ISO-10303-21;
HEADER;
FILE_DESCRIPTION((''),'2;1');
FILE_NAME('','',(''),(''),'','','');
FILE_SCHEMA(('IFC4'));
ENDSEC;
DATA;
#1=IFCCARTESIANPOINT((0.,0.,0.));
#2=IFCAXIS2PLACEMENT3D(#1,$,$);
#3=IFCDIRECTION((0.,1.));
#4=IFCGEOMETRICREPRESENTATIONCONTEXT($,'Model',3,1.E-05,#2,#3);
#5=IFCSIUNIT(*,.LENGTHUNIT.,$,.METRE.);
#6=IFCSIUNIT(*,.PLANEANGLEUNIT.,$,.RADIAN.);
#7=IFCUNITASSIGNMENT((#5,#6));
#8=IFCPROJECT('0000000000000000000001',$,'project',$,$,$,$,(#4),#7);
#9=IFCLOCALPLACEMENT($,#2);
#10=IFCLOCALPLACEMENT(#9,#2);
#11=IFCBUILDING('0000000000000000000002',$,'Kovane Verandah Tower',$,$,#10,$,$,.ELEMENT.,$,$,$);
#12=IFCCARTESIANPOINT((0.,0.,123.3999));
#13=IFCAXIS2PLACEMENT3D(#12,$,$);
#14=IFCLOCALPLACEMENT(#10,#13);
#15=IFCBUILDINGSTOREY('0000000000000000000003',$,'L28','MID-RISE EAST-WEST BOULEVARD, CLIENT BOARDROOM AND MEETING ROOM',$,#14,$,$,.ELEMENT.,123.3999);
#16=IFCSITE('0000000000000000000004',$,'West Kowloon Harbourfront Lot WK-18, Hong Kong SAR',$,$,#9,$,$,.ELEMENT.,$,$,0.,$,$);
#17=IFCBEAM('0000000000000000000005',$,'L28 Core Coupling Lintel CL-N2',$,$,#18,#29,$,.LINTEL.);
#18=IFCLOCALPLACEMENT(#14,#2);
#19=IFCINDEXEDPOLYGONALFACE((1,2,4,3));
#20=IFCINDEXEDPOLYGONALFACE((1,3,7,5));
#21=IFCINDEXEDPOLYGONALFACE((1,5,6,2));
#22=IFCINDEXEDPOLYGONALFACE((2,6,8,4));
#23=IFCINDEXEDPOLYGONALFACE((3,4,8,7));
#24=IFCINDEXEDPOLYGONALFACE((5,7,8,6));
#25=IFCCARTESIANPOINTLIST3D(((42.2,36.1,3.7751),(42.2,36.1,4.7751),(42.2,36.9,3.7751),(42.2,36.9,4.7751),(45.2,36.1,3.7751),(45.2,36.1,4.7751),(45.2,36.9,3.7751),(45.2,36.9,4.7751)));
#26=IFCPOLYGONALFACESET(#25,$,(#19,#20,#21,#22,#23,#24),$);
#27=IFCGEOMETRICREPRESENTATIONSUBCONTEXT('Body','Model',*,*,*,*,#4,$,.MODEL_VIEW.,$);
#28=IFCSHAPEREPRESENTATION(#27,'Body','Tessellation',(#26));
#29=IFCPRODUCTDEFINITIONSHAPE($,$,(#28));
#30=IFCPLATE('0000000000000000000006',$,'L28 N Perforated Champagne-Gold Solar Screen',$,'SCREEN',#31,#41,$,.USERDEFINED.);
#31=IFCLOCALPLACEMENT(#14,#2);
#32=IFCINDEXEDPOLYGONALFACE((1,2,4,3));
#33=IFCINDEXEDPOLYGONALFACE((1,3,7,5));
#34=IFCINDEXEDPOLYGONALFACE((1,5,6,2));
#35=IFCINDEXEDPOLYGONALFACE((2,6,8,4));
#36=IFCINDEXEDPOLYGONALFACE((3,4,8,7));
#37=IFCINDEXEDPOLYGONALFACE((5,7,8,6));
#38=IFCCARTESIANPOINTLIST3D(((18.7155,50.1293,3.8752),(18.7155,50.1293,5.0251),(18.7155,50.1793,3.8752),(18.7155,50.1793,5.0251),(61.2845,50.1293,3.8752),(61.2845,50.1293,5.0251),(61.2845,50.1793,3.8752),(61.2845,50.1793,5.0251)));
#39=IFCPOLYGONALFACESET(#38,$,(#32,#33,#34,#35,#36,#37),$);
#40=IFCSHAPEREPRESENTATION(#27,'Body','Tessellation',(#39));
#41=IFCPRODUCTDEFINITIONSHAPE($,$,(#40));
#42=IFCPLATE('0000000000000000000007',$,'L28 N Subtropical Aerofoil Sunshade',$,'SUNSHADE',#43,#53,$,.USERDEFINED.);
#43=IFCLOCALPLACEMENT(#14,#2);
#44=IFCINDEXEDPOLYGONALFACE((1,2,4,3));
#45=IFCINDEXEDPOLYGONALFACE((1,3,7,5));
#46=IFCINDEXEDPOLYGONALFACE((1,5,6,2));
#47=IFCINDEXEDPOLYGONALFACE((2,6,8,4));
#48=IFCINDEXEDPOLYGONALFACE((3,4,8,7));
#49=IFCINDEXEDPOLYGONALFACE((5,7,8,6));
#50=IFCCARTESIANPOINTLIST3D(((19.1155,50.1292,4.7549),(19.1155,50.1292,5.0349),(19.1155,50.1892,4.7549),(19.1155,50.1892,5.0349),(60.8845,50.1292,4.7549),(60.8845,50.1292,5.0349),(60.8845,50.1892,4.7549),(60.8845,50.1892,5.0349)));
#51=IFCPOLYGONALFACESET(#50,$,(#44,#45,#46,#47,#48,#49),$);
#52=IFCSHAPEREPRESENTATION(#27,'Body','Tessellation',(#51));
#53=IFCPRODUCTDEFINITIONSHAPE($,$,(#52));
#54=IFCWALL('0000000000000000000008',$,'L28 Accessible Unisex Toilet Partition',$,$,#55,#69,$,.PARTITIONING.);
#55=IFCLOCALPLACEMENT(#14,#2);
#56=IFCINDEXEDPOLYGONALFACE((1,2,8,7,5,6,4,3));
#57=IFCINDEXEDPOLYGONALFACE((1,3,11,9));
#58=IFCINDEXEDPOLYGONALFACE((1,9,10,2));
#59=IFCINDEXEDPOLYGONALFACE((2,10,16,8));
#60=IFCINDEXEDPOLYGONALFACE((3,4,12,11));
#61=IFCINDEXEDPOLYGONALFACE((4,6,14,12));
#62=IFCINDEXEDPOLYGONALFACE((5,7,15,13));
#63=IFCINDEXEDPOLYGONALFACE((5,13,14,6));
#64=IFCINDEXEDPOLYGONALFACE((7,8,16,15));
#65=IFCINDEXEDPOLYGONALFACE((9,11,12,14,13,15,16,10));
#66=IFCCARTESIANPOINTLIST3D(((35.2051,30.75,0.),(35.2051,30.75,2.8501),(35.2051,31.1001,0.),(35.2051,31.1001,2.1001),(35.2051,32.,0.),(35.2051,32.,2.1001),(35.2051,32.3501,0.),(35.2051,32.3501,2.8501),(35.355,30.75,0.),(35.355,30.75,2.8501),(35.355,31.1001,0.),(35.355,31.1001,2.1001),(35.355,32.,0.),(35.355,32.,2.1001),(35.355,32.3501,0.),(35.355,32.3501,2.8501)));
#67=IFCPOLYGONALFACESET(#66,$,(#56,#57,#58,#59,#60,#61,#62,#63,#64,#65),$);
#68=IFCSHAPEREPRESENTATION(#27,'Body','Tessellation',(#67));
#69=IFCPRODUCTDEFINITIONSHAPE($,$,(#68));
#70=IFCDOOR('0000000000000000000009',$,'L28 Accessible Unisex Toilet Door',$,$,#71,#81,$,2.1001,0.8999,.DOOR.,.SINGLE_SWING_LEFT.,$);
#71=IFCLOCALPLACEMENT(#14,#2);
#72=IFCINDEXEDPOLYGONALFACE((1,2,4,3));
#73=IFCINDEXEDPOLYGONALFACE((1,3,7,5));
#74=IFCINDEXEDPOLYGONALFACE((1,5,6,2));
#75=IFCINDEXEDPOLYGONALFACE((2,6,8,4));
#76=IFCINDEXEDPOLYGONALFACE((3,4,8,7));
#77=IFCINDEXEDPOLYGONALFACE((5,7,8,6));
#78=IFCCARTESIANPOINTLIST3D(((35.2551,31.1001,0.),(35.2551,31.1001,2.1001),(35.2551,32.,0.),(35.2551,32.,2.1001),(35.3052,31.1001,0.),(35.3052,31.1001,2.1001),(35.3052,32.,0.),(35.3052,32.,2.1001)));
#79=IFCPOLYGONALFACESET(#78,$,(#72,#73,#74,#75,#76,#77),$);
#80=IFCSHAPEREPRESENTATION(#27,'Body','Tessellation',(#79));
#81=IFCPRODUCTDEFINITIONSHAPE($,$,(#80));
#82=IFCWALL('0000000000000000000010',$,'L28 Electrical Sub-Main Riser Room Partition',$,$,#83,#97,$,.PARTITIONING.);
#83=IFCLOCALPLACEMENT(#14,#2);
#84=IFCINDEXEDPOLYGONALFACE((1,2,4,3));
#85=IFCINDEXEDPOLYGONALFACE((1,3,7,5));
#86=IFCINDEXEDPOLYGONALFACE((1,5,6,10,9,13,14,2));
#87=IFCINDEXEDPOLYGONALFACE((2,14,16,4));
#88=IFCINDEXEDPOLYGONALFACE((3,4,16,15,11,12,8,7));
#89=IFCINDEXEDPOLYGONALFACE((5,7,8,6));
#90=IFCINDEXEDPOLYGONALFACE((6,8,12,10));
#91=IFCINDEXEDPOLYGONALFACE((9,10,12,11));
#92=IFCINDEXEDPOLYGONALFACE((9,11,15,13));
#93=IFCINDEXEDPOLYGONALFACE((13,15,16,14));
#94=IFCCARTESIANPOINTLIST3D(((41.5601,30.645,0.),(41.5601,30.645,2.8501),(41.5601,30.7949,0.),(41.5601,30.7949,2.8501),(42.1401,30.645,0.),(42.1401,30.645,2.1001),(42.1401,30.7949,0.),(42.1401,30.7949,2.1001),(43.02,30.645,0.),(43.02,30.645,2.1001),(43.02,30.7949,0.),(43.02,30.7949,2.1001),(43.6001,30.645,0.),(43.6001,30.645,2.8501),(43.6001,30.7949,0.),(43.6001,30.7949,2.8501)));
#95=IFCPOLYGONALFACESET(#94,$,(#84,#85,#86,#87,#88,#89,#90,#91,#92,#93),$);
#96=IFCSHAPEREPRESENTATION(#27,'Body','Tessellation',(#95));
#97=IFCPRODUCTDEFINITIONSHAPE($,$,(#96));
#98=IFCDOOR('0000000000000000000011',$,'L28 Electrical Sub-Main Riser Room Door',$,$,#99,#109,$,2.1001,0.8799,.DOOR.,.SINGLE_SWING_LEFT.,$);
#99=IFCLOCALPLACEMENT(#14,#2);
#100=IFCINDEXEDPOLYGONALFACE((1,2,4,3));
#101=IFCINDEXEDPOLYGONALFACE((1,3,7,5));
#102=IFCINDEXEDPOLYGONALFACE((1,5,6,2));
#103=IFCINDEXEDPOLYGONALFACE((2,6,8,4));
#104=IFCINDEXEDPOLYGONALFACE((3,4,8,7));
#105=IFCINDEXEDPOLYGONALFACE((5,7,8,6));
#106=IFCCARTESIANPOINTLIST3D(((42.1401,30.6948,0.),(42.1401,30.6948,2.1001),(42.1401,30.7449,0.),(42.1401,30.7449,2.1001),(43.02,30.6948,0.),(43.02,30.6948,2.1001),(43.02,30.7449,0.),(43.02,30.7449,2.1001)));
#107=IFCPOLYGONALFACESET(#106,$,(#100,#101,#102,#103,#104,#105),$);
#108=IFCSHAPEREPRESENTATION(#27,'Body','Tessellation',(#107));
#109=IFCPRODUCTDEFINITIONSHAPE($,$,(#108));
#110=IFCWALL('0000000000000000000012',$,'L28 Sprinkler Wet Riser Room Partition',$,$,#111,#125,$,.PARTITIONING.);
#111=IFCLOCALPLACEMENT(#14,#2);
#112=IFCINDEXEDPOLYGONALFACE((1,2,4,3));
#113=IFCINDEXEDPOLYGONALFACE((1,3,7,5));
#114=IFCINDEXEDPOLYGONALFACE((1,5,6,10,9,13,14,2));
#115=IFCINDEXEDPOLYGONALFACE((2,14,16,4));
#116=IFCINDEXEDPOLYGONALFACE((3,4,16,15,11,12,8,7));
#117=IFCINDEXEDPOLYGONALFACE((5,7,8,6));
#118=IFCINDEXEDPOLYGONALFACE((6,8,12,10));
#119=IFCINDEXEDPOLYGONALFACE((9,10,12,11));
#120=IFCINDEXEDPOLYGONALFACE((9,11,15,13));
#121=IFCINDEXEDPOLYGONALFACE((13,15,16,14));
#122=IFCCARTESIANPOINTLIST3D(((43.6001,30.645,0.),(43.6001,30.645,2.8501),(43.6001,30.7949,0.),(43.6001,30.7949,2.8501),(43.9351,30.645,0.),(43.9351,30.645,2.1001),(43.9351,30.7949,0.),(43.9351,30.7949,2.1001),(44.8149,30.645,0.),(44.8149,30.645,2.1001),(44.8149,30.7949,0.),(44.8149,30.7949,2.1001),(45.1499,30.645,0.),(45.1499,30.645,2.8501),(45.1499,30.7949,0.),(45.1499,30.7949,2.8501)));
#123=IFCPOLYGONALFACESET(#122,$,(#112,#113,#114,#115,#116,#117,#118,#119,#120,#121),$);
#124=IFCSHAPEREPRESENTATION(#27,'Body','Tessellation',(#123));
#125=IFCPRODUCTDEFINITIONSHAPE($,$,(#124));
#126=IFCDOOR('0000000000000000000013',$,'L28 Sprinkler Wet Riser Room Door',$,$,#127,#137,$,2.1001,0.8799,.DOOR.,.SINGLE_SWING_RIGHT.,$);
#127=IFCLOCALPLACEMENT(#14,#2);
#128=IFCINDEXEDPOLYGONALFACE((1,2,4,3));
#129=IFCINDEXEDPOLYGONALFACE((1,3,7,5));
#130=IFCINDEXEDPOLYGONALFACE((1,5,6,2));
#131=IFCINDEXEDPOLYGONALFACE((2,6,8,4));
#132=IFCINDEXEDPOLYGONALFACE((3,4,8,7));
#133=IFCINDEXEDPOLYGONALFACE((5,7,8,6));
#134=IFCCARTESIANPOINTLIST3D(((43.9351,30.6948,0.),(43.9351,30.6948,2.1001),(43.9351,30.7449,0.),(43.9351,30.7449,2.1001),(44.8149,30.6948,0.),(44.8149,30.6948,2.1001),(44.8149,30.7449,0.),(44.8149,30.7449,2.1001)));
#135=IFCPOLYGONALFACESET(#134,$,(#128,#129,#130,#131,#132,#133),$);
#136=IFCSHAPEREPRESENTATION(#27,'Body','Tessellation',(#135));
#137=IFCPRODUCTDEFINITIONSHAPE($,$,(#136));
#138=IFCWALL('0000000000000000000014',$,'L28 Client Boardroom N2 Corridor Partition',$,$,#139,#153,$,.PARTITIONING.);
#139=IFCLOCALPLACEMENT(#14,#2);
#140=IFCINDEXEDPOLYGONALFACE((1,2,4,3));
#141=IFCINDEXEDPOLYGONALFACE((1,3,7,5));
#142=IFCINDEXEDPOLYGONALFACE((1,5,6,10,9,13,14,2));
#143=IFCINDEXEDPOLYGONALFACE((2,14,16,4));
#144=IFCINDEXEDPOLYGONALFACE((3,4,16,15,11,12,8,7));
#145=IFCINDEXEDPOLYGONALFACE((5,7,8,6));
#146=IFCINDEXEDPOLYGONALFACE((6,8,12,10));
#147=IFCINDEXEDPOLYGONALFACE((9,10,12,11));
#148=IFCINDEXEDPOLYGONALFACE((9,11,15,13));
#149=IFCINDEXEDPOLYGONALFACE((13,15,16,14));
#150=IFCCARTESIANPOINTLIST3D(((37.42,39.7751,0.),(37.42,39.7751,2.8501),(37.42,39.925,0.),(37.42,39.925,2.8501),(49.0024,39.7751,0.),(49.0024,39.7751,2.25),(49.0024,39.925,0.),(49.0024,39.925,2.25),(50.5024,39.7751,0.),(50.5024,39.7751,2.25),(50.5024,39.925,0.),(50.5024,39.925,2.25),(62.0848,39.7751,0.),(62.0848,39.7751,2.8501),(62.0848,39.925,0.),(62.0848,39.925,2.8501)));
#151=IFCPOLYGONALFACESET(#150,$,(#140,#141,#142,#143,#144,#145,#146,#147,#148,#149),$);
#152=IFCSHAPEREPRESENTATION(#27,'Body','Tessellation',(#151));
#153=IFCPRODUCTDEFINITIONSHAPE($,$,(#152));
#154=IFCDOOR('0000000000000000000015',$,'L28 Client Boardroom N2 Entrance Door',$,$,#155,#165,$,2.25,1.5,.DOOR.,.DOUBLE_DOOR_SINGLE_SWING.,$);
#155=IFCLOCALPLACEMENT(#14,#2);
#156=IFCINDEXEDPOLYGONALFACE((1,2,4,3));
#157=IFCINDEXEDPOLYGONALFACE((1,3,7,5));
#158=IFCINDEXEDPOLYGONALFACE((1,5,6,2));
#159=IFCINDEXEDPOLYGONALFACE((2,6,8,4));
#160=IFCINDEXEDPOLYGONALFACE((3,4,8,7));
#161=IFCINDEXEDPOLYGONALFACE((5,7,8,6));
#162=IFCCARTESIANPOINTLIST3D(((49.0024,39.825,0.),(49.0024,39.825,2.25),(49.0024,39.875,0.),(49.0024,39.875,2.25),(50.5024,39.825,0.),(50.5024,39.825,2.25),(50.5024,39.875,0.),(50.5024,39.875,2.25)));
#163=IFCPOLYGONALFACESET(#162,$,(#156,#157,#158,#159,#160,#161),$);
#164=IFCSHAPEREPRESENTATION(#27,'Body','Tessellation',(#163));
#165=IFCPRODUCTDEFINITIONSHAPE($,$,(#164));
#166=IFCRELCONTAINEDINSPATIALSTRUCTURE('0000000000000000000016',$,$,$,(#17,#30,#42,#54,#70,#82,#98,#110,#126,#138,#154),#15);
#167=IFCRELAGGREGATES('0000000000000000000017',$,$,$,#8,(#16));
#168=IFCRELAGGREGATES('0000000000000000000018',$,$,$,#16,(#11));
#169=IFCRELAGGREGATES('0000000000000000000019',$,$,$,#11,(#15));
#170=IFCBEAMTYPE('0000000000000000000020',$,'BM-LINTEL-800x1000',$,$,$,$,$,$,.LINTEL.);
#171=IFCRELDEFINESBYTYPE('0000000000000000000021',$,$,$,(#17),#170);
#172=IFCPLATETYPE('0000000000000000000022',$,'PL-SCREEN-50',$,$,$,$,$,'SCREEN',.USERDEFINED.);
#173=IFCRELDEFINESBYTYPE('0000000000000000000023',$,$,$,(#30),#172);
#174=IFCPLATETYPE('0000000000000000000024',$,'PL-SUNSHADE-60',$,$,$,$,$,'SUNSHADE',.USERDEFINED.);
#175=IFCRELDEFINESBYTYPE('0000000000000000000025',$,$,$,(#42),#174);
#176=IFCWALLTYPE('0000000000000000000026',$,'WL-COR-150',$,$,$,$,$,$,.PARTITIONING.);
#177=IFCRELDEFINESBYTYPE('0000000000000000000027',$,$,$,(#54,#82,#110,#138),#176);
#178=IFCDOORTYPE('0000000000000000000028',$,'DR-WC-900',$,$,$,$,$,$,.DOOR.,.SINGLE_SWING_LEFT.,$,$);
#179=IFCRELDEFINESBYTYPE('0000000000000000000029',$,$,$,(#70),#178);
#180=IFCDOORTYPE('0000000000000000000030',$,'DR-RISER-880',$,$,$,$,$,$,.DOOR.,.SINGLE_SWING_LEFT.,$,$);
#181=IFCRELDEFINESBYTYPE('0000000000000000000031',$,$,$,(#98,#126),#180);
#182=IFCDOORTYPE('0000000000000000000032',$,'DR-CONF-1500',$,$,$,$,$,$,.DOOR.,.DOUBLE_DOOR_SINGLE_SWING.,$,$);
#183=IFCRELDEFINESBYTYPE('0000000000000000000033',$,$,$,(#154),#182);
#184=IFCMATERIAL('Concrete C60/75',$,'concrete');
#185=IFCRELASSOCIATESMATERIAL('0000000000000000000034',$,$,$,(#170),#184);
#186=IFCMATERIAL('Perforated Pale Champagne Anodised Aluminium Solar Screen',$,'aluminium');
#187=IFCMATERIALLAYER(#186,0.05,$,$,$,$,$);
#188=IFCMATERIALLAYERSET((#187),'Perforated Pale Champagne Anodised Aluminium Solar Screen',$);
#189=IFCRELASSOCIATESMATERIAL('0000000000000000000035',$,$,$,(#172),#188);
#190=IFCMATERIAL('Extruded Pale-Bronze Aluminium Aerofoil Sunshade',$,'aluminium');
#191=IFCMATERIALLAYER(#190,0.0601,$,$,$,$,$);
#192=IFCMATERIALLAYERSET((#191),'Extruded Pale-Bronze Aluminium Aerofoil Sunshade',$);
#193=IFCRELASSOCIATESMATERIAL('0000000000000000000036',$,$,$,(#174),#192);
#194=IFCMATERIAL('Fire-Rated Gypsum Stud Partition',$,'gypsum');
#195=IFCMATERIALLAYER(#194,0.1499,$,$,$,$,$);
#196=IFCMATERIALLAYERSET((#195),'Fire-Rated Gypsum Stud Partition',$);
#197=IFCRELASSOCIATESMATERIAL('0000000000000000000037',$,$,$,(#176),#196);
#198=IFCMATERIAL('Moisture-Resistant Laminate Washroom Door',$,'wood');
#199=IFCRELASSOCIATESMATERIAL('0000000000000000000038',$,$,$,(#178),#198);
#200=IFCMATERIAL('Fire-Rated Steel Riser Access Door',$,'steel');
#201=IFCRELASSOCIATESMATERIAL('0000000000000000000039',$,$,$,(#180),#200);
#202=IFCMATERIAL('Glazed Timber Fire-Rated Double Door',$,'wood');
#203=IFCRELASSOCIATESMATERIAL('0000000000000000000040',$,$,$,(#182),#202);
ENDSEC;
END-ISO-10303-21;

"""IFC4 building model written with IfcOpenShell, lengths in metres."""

from ifc_helpers import new_model, si_unit, direction, frame, frame_2d, origin, origin_2d, place, context, subcontext, project, spatial, rectangle, extrude, material, layer, layer_set, material_profile, profile_set, type_object, element, fill, save


model = new_model("IFC4")

# Units and contexts
model_context = context("Model", 3, precision=1e-05, world=origin(), true_north=direction((0.0, 1.0)))
body_context = subcontext(model_context, "Body", "Model", "MODEL_VIEW")
ifc_project = project(units=[si_unit("LENGTHUNIT", "METRE"), si_unit("PLANEANGLEUNIT", "RADIAN")], contexts=[model_context])

# Site, building, storey
site_placement = place(None, origin())
site = spatial("IfcSite", under=ifc_project, at=site_placement, Name="West Kowloon Harbourfront Lot WK-18, Hong Kong SAR", CompositionType="ELEMENT", RefElevation=0.0)
building_placement = place(site_placement, origin())
building = spatial("IfcBuilding", under=site, at=building_placement, Name="Kovane Verandah Tower", CompositionType="ELEMENT")
storey_placement = place(building_placement, frame((0.0, 0.0, 123.3999)))
storey = spatial("IfcBuildingStorey", under=building, at=storey_placement, Name="L28", Description="MID-RISE EAST-WEST BOULEVARD, CLIENT BOARDROOM AND MEETING ROOM", CompositionType="ELEMENT", Elevation=123.3999)

# Beam
ifc_material_1 = material(Name="Concrete C60/75", Category="concrete")
ifc_material_profile = material_profile(ifc_material_1, rectangle(XDim=0.8, YDim=1.0, at=origin_2d()), Name="RCB800x1000")
ifc_profile_set = profile_set([ifc_material_profile], Name="Concrete C60/75")
beam_type = type_object("IfcBeamType", Name="BM-LINTEL-800x1000", PredefinedType="LINTEL", material=ifc_profile_set)
beam_placement = place(storey_placement, frame((42.2, 36.5, 4.2751), z_axis=(1.0, 0.0, 0.0), x_axis=(0.0, 1.0, 0.0)))
element("IfcBeam", 1, at=beam_placement, inside=storey, type_object=beam_type, Name="L28 Core Coupling Lintel CL-N2", PredefinedType="LINTEL", context=body_context, shape_type="SweptSolid", body=[
    extrude(rectangle(XDim=0.8, YDim=1.0, at=origin_2d()), origin(), (0.0, 0.0, 1.0), 3.0),
])

# Plates
ifc_material_2 = material(Name="Perforated Pale Champagne Anodised Aluminium Solar Screen", Category="aluminium")
ifc_layer_1 = layer(ifc_material_2, 0.05)
ifc_layer_set_1 = layer_set([ifc_layer_1], Name="Perforated Pale Champagne Anodised Aluminium Solar Screen")
plate_type_1 = type_object("IfcPlateType", Name="PL-SCREEN-50", ElementType="SCREEN", PredefinedType="USERDEFINED", material=ifc_layer_set_1)
plate_1_placement = place(storey_placement, frame((40.0, 50.1543, 3.8752), z_axis=(0.0, 0.0, 1.0), x_axis=(-1.0, 0.0, 0.0)))
element("IfcPlate", 2, at=plate_1_placement, inside=storey, type_object=plate_type_1, Name="L28 N Perforated Champagne-Gold Solar Screen", ObjectType="SCREEN", PredefinedType="USERDEFINED", context=body_context, shape_type="SweptSolid", body=[
    extrude(rectangle(XDim=42.5691, YDim=0.05, at=origin_2d()), origin(), (0.0, 0.0, 1.0), 1.1499),
])
ifc_material_3 = material(Name="Extruded Pale-Bronze Aluminium Aerofoil Sunshade", Category="aluminium")
ifc_layer_2 = layer(ifc_material_3, 0.0601)
ifc_layer_set_2 = layer_set([ifc_layer_2], Name="Extruded Pale-Bronze Aluminium Aerofoil Sunshade")
plate_type_2 = type_object("IfcPlateType", Name="PL-SUNSHADE-60", ElementType="SUNSHADE", PredefinedType="USERDEFINED", material=ifc_layer_set_2)
plate_2_placement = place(storey_placement, frame((40.0, 50.1592, 4.7549), z_axis=(0.0, 0.0, 1.0), x_axis=(-1.0, 0.0, 0.0)))
element("IfcPlate", 3, at=plate_2_placement, inside=storey, type_object=plate_type_2, Name="L28 N Subtropical Aerofoil Sunshade", ObjectType="SUNSHADE", PredefinedType="USERDEFINED", context=body_context, shape_type="SweptSolid", body=[
    extrude(rectangle(XDim=41.769, YDim=0.0601, at=origin_2d()), origin(), (0.0, 0.0, 1.0), 0.28),
])

# Walls, openings, doors
ifc_material_4 = material(Name="Fire-Rated Gypsum Stud Partition", Category="gypsum")
ifc_layer_3 = layer(ifc_material_4, 0.1499)
ifc_layer_set_3 = layer_set([ifc_layer_3], Name="Fire-Rated Gypsum Stud Partition")
wall_type_1 = type_object("IfcWallType", Name="WL-COR-150", PredefinedType="PARTITIONING", material=ifc_layer_set_3)
wall_1_placement = place(storey_placement, frame((35.28, 30.75, 0.0), z_axis=(0.0, 0.0, 1.0), x_axis=(0.0, 1.0, 0.0)))
wall_1 = element("IfcWall", 4, at=wall_1_placement, inside=storey, type_object=wall_type_1, Name="L28 Accessible Unisex Toilet Partition", PredefinedType="PARTITIONING", context=body_context, shape_type="SweptSolid", body=[
    extrude(rectangle(XDim=1.6001, YDim=0.1499, at=frame_2d((0.8, 0.0))), origin(), (0.0, 0.0, 1.0), 2.8501),
])
opening_1_placement = place(wall_1_placement, frame((0.3501, 0.0, 0.0)))
opening_1 = element("IfcOpeningElement", 5, at=opening_1_placement, cuts=wall_1, PredefinedType="OPENING", context=body_context, shape_type="SweptSolid", body=[
    extrude(rectangle(XDim=0.8999, YDim=2.1001, at=frame_2d((0.45, 1.05))), frame((0.0, 0.075, 0.0), z_axis=(0.0, -1.0, 0.0), x_axis=(1.0, 0.0, 0.0)), (0.0, 0.0, 1.0), 0.1499),
])
ifc_material_5 = material(Name="Moisture-Resistant Laminate Washroom Door", Category="wood")
door_type_1 = type_object("IfcDoorType", Name="DR-WC-900", OperationType="SINGLE_SWING_LEFT", PredefinedType="DOOR", material=ifc_material_5)
door_1_placement = place(opening_1_placement, origin())
door_1 = element("IfcDoor", 6, at=door_1_placement, inside=storey, type_object=door_type_1, Name="L28 Accessible Unisex Toilet Door", OperationType="SINGLE_SWING_LEFT", OverallHeight=2.1001, OverallWidth=0.8999, PredefinedType="DOOR", context=body_context, shape_type="SweptSolid", body=[
    extrude(rectangle(XDim=0.8999, YDim=2.1001, at=frame_2d((0.45, 1.05))), frame((0.0, 0.0249, 0.0), z_axis=(0.0, -1.0, 0.0), x_axis=(1.0, 0.0, 0.0)), (0.0, 0.0, 1.0), 0.05),
])
fill(opening_1, door_1)
wall_2_placement = place(storey_placement, frame((41.5601, 30.72, 0.0), z_axis=(0.0, 0.0, 1.0), x_axis=(1.0, 0.0, 0.0)))
wall_2 = element("IfcWall", 7, at=wall_2_placement, inside=storey, type_object=wall_type_1, Name="L28 Electrical Sub-Main Riser Room Partition", PredefinedType="PARTITIONING", context=body_context, shape_type="SweptSolid", body=[
    extrude(rectangle(XDim=2.04, YDim=0.1499, at=frame_2d((1.02, 0.0))), origin(), (0.0, 0.0, 1.0), 2.8501),
])
opening_2_placement = place(wall_2_placement, frame((0.5801, 0.0, 0.0)))
opening_2 = element("IfcOpeningElement", 8, at=opening_2_placement, cuts=wall_2, PredefinedType="OPENING", context=body_context, shape_type="SweptSolid", body=[
    extrude(rectangle(XDim=0.8799, YDim=2.1001, at=frame_2d((0.4399, 1.05))), frame((0.0, 0.075, 0.0), z_axis=(0.0, -1.0, 0.0), x_axis=(1.0, 0.0, 0.0)), (0.0, 0.0, 1.0), 0.1499),
])
ifc_material_6 = material(Name="Fire-Rated Steel Riser Access Door", Category="steel")
door_type_2 = type_object("IfcDoorType", Name="DR-RISER-880", OperationType="SINGLE_SWING_LEFT", PredefinedType="DOOR", material=ifc_material_6)
door_2_placement = place(opening_2_placement, origin())
door_2 = element("IfcDoor", 9, at=door_2_placement, inside=storey, type_object=door_type_2, Name="L28 Electrical Sub-Main Riser Room Door", OperationType="SINGLE_SWING_LEFT", OverallHeight=2.1001, OverallWidth=0.8799, PredefinedType="DOOR", context=body_context, shape_type="SweptSolid", body=[
    extrude(rectangle(XDim=0.8799, YDim=2.1001, at=frame_2d((0.4399, 1.05))), frame((0.0, 0.0249, 0.0), z_axis=(0.0, -1.0, 0.0), x_axis=(1.0, 0.0, 0.0)), (0.0, 0.0, 1.0), 0.05),
])
fill(opening_2, door_2)
wall_3_placement = place(storey_placement, frame((43.6001, 30.72, 0.0), z_axis=(0.0, 0.0, 1.0), x_axis=(1.0, 0.0, 0.0)))
wall_3 = element("IfcWall", 10, at=wall_3_placement, inside=storey, type_object=wall_type_1, Name="L28 Sprinkler Wet Riser Room Partition", PredefinedType="PARTITIONING", context=body_context, shape_type="SweptSolid", body=[
    extrude(rectangle(XDim=1.5498, YDim=0.1499, at=frame_2d((0.7749, 0.0))), origin(), (0.0, 0.0, 1.0), 2.8501),
])
opening_3_placement = place(wall_3_placement, frame((0.335, 0.0, 0.0)))
opening_3 = element("IfcOpeningElement", 11, at=opening_3_placement, cuts=wall_3, PredefinedType="OPENING", context=body_context, shape_type="SweptSolid", body=[
    extrude(rectangle(XDim=0.8799, YDim=2.1001, at=frame_2d((0.4399, 1.05))), frame((0.0, 0.075, 0.0), z_axis=(0.0, -1.0, 0.0), x_axis=(1.0, 0.0, 0.0)), (0.0, 0.0, 1.0), 0.1499),
])
door_3_placement = place(opening_3_placement, origin())
door_3 = element("IfcDoor", 12, at=door_3_placement, inside=storey, type_object=door_type_2, Name="L28 Sprinkler Wet Riser Room Door", OperationType="SINGLE_SWING_RIGHT", OverallHeight=2.1001, OverallWidth=0.8799, PredefinedType="DOOR", context=body_context, shape_type="SweptSolid", body=[
    extrude(rectangle(XDim=0.8799, YDim=2.1001, at=frame_2d((0.4399, 1.05))), frame((0.0, 0.0249, 0.0), z_axis=(0.0, -1.0, 0.0), x_axis=(1.0, 0.0, 0.0)), (0.0, 0.0, 1.0), 0.05),
])
fill(opening_3, door_3)
wall_4_placement = place(storey_placement, frame((37.4199, 39.8501, 0.0), z_axis=(0.0, 0.0, 1.0), x_axis=(1.0, 0.0, 0.0)))
wall_4 = element("IfcWall", 13, at=wall_4_placement, inside=storey, type_object=wall_type_1, Name="L28 Client Boardroom N2 Corridor Partition", PredefinedType="PARTITIONING", context=body_context, shape_type="SweptSolid", body=[
    extrude(rectangle(XDim=24.6648, YDim=0.1499, at=frame_2d((12.3325, 0.0))), origin(), (0.0, 0.0, 1.0), 2.8501),
])
opening_4_placement = place(wall_4_placement, frame((11.5825, 0.0, 0.0)))
opening_4 = element("IfcOpeningElement", 14, at=opening_4_placement, cuts=wall_4, PredefinedType="OPENING", context=body_context, shape_type="SweptSolid", body=[
    extrude(rectangle(XDim=1.5, YDim=2.25, at=frame_2d((0.75, 1.125))), frame((0.0, 0.075, 0.0), z_axis=(0.0, -1.0, 0.0), x_axis=(1.0, 0.0, 0.0)), (0.0, 0.0, 1.0), 0.1499),
])
ifc_material_7 = material(Name="Glazed Timber Fire-Rated Double Door", Category="wood")
door_type_3 = type_object("IfcDoorType", Name="DR-CONF-1500", OperationType="DOUBLE_DOOR_SINGLE_SWING", PredefinedType="DOOR", material=ifc_material_7)
door_4_placement = place(opening_4_placement, origin())
door_4 = element("IfcDoor", 15, at=door_4_placement, inside=storey, type_object=door_type_3, Name="L28 Client Boardroom N2 Entrance Door", OperationType="DOUBLE_DOOR_SINGLE_SWING", OverallHeight=2.25, OverallWidth=1.5, PredefinedType="DOOR", context=body_context, shape_type="SweptSolid", body=[
    extrude(rectangle(XDim=1.5, YDim=2.25, at=frame_2d((0.75, 1.125))), frame((0.0, 0.0249, 0.0), z_axis=(0.0, -1.0, 0.0), x_axis=(1.0, 0.0, 0.0)), (0.0, 0.0, 1.0), 0.05),
])
fill(opening_4, door_4)

save(model, "model.ifc")
